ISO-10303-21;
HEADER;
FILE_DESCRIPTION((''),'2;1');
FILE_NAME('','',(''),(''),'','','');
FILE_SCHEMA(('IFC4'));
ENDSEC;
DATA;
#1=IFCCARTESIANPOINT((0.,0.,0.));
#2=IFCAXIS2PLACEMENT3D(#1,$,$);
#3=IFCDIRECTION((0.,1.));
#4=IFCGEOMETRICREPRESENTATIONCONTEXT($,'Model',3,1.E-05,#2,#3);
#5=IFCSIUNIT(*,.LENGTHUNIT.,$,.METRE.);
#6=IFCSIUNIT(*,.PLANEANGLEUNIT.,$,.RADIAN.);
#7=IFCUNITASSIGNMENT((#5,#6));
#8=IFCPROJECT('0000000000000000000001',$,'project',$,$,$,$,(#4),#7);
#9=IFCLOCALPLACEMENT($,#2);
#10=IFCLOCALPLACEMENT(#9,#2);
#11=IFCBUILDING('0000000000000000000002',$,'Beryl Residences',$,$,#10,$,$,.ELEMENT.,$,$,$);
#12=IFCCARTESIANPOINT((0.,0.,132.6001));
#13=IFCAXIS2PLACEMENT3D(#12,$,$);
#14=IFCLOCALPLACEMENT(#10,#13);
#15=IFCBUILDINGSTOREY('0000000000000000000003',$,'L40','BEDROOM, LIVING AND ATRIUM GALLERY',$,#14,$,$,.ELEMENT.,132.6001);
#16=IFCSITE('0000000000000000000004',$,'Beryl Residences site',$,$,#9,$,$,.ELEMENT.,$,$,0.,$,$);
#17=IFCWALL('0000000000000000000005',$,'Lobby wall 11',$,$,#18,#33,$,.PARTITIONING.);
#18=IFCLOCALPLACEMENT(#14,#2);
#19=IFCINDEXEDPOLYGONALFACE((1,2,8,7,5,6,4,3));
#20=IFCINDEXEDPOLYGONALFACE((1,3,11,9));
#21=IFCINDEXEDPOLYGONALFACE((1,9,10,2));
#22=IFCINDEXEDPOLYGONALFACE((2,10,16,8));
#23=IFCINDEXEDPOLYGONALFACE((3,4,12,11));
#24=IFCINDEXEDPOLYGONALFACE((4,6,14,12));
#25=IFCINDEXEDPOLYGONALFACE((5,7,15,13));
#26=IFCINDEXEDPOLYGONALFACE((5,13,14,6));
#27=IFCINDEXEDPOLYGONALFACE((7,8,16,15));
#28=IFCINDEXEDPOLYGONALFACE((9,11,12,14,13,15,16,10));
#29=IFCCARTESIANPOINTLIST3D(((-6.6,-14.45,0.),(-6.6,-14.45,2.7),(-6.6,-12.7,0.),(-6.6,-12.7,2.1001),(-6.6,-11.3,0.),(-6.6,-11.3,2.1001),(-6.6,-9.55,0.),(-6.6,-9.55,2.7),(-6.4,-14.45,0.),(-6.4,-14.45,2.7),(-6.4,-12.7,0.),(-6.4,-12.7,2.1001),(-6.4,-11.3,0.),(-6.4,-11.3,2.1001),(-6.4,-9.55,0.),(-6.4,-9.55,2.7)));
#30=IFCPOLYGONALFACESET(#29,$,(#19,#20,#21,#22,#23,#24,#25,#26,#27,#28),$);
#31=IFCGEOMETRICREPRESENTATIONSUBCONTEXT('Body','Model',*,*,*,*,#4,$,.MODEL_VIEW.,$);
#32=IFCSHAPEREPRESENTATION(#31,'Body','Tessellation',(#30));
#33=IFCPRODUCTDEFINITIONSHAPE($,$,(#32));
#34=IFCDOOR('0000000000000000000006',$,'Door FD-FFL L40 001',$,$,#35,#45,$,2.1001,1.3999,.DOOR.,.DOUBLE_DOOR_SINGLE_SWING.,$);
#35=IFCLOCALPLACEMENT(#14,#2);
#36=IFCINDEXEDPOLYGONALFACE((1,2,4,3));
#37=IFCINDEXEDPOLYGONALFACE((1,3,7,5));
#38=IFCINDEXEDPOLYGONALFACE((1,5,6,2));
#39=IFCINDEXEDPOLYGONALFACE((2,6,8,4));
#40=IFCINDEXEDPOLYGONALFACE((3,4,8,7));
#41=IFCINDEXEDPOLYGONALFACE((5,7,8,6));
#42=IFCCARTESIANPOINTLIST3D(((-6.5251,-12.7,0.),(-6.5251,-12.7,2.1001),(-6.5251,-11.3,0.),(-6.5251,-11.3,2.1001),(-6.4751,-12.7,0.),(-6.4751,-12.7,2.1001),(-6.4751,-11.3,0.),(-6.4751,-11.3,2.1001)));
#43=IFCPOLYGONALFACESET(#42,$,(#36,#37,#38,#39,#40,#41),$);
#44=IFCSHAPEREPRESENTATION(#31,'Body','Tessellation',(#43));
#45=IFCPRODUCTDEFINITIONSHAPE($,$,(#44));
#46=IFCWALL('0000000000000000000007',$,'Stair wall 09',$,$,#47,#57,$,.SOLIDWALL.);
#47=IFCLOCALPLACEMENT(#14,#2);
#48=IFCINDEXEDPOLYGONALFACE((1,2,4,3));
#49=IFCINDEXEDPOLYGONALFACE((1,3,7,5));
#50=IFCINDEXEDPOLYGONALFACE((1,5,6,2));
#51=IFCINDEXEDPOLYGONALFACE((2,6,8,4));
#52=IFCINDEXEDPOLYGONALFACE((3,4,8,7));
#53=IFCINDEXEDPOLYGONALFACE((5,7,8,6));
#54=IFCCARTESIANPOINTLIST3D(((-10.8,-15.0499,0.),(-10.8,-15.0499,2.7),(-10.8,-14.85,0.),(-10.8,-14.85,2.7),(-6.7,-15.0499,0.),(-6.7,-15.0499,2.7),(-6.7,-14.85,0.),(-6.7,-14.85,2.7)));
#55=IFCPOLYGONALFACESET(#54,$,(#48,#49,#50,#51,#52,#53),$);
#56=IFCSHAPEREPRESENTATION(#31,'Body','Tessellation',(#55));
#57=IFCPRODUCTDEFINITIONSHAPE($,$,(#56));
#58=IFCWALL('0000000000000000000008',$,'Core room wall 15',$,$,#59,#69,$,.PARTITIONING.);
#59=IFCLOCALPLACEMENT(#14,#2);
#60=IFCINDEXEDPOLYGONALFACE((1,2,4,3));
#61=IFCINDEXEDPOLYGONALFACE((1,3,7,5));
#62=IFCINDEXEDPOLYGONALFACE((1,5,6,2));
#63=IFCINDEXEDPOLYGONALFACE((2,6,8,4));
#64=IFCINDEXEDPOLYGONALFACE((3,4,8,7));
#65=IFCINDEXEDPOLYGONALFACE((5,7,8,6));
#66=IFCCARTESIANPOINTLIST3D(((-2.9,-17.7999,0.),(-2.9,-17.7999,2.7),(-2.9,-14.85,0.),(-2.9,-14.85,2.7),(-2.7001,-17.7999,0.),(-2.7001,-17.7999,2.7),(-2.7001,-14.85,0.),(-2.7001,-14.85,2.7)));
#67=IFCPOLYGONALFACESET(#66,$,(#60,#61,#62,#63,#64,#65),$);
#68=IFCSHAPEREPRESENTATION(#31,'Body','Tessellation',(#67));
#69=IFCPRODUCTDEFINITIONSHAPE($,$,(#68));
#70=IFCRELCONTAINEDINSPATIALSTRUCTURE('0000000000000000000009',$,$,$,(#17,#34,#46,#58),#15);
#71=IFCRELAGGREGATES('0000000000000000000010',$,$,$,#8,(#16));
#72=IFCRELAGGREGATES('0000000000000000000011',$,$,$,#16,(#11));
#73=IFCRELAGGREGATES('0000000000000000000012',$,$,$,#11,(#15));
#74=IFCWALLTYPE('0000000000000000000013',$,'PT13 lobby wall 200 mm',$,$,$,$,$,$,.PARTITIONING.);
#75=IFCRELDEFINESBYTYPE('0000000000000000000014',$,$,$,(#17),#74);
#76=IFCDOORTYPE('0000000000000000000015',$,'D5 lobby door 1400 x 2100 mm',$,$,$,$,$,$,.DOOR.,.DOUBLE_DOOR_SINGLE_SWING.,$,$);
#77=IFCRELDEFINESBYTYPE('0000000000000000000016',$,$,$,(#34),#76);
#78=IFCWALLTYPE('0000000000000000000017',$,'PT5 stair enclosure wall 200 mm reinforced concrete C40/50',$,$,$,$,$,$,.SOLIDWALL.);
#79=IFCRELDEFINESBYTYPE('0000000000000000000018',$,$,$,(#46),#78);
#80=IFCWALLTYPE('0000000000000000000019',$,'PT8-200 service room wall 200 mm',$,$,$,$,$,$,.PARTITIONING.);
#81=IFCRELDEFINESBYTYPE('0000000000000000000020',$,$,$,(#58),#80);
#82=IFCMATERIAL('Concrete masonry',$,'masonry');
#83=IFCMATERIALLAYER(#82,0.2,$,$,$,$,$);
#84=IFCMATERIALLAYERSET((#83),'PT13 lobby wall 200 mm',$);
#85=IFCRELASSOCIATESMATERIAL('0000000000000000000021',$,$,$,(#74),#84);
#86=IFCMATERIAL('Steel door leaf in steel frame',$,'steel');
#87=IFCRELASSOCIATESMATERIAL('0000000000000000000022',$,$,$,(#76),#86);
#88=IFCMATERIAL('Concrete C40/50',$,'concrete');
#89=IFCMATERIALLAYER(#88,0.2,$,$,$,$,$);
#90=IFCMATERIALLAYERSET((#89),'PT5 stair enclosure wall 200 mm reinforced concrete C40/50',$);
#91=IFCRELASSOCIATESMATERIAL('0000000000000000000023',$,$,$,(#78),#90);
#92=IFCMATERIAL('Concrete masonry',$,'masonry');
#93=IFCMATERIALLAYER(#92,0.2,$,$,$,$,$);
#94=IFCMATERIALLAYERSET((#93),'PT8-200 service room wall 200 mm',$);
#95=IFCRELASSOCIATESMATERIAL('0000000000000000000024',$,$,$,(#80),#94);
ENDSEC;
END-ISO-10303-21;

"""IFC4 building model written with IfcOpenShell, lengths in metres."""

from ifc_helpers import new_model, si_unit, direction, frame, frame_2d, origin, place, context, subcontext, project, spatial, rectangle, extrude, material, layer, layer_set, type_object, element, fill, save


model = new_model("IFC4")

# Units and contexts
model_context = context("Model", 3, precision=1e-05, world=origin(), true_north=direction((0.0, 1.0)))
body_context = subcontext(model_context, "Body", "Model", "MODEL_VIEW")
ifc_project = project(units=[si_unit("LENGTHUNIT", "METRE"), si_unit("PLANEANGLEUNIT", "RADIAN")], contexts=[model_context])

# Site, building, storey
site_placement = place(None, origin())
site = spatial("IfcSite", under=ifc_project, at=site_placement, Name="Beryl Residences site", CompositionType="ELEMENT", RefElevation=0.0)
building_placement = place(site_placement, origin())
building = spatial("IfcBuilding", under=site, at=building_placement, Name="Beryl Residences", CompositionType="ELEMENT")
storey_placement = place(building_placement, frame((0.0, 0.0, 132.6001)))
storey = spatial("IfcBuildingStorey", under=building, at=storey_placement, Name="L40", Description="BEDROOM, LIVING AND ATRIUM GALLERY", CompositionType="ELEMENT", Elevation=132.6001)

# Wall, opening, door
ifc_material_1 = material(Name="Concrete masonry", Category="masonry")
ifc_layer_1 = layer(ifc_material_1, 0.2)
ifc_layer_set_1 = layer_set([ifc_layer_1], Name="PT13 lobby wall 200 mm")
wall_type_1 = type_object("IfcWallType", Name="PT13 lobby wall 200 mm", PredefinedType="PARTITIONING", material=ifc_layer_set_1)
wall_1_placement = place(storey_placement, frame((-6.5, -14.45, 0.0), z_axis=(0.0, 0.0, 1.0), x_axis=(0.0, 1.0, 0.0)))
wall_1 = element("IfcWall", 1, at=wall_1_placement, inside=storey, type_object=wall_type_1, Name="Lobby wall 11", PredefinedType="PARTITIONING", context=body_context, shape_type="SweptSolid", body=[
    extrude(rectangle(XDim=4.8999, YDim=0.2, at=frame_2d((2.45, 0.0))), origin(), (0.0, 0.0, 1.0), 2.7),
])
opening_1_placement = place(wall_1_placement, frame((3.1499, 0.0, 0.0), z_axis=(0.0, 0.0, 1.0), x_axis=(-1.0, 0.0, 0.0)))
opening_1 = element("IfcOpeningElement", 2, at=opening_1_placement, cuts=wall_1, PredefinedType="OPENING", context=body_context, shape_type="SweptSolid", body=[
    extrude(rectangle(XDim=1.3999, YDim=2.1001, at=frame_2d((0.7, 1.05))), frame((0.0, 0.1099, 0.0), z_axis=(0.0, -1.0, 0.0), x_axis=(1.0, 0.0, 0.0)), (0.0, 0.0, 1.0), 0.22),
])
ifc_material_2 = material(Name="Steel door leaf in steel frame", Category="steel")
door_type_1 = type_object("IfcDoorType", Name="D5 lobby door 1400 x 2100 mm", OperationType="DOUBLE_DOOR_SINGLE_SWING", PredefinedType="DOOR", material=ifc_material_2)
door_1_placement = place(opening_1_placement, origin())
door_1 = element("IfcDoor", 3, at=door_1_placement, inside=storey, type_object=door_type_1, Name="Door FD-FFL L40 001", OperationType="DOUBLE_DOOR_SINGLE_SWING", OverallHeight=2.1001, OverallWidth=1.3999, PredefinedType="DOOR", context=body_context, shape_type="SweptSolid", body=[
    extrude(rectangle(XDim=1.3999, YDim=2.1001, at=frame_2d((0.7, 1.05))), frame((0.0, 0.0249, 0.0), z_axis=(0.0, -1.0, 0.0), x_axis=(1.0, 0.0, 0.0)), (0.0, 0.0, 1.0), 0.05),
])
fill(opening_1, door_1)

# Walls
ifc_material_3 = material(Name="Concrete C40/50", Category="concrete")
ifc_layer_2 = layer(ifc_material_3, 0.2)
ifc_layer_set_2 = layer_set([ifc_layer_2], Name="PT5 stair enclosure wall 200 mm reinforced concrete C40/50")
wall_type_2 = type_object("IfcWallType", Name="PT5 stair enclosure wall 200 mm reinforced concrete C40/50", PredefinedType="SOLIDWALL", material=ifc_layer_set_2)
wall_2_placement = place(storey_placement, frame((-10.8, -14.95, 0.0), z_axis=(0.0, 0.0, 1.0), x_axis=(1.0, 0.0, 0.0)))
element("IfcWall", 4, at=wall_2_placement, inside=storey, type_object=wall_type_2, Name="Stair wall 09", PredefinedType="SOLIDWALL", context=body_context, shape_type="SweptSolid", body=[
    extrude(rectangle(XDim=4.1001, YDim=0.2, at=frame_2d((2.05, 0.0))), origin(), (0.0, 0.0, 1.0), 2.7),
])
ifc_material_4 = material(Name="Concrete masonry", Category="masonry")
ifc_layer_3 = layer(ifc_material_4, 0.2)
ifc_layer_set_3 = layer_set([ifc_layer_3], Name="PT8-200 service room wall 200 mm")
wall_type_3 = type_object("IfcWallType", Name="PT8-200 service room wall 200 mm", PredefinedType="PARTITIONING", material=ifc_layer_set_3)
wall_3_placement = place(storey_placement, frame((-2.8, -17.8, 0.0), z_axis=(0.0, 0.0, 1.0), x_axis=(0.0, 1.0, 0.0)))
element("IfcWall", 5, at=wall_3_placement, inside=storey, type_object=wall_type_3, Name="Core room wall 15", PredefinedType="PARTITIONING", context=body_context, shape_type="SweptSolid", body=[
    extrude(rectangle(XDim=2.95, YDim=0.2, at=frame_2d((1.4751, 0.0))), origin(), (0.0, 0.0, 1.0), 2.7),
])

save(model, "model.ifc")
